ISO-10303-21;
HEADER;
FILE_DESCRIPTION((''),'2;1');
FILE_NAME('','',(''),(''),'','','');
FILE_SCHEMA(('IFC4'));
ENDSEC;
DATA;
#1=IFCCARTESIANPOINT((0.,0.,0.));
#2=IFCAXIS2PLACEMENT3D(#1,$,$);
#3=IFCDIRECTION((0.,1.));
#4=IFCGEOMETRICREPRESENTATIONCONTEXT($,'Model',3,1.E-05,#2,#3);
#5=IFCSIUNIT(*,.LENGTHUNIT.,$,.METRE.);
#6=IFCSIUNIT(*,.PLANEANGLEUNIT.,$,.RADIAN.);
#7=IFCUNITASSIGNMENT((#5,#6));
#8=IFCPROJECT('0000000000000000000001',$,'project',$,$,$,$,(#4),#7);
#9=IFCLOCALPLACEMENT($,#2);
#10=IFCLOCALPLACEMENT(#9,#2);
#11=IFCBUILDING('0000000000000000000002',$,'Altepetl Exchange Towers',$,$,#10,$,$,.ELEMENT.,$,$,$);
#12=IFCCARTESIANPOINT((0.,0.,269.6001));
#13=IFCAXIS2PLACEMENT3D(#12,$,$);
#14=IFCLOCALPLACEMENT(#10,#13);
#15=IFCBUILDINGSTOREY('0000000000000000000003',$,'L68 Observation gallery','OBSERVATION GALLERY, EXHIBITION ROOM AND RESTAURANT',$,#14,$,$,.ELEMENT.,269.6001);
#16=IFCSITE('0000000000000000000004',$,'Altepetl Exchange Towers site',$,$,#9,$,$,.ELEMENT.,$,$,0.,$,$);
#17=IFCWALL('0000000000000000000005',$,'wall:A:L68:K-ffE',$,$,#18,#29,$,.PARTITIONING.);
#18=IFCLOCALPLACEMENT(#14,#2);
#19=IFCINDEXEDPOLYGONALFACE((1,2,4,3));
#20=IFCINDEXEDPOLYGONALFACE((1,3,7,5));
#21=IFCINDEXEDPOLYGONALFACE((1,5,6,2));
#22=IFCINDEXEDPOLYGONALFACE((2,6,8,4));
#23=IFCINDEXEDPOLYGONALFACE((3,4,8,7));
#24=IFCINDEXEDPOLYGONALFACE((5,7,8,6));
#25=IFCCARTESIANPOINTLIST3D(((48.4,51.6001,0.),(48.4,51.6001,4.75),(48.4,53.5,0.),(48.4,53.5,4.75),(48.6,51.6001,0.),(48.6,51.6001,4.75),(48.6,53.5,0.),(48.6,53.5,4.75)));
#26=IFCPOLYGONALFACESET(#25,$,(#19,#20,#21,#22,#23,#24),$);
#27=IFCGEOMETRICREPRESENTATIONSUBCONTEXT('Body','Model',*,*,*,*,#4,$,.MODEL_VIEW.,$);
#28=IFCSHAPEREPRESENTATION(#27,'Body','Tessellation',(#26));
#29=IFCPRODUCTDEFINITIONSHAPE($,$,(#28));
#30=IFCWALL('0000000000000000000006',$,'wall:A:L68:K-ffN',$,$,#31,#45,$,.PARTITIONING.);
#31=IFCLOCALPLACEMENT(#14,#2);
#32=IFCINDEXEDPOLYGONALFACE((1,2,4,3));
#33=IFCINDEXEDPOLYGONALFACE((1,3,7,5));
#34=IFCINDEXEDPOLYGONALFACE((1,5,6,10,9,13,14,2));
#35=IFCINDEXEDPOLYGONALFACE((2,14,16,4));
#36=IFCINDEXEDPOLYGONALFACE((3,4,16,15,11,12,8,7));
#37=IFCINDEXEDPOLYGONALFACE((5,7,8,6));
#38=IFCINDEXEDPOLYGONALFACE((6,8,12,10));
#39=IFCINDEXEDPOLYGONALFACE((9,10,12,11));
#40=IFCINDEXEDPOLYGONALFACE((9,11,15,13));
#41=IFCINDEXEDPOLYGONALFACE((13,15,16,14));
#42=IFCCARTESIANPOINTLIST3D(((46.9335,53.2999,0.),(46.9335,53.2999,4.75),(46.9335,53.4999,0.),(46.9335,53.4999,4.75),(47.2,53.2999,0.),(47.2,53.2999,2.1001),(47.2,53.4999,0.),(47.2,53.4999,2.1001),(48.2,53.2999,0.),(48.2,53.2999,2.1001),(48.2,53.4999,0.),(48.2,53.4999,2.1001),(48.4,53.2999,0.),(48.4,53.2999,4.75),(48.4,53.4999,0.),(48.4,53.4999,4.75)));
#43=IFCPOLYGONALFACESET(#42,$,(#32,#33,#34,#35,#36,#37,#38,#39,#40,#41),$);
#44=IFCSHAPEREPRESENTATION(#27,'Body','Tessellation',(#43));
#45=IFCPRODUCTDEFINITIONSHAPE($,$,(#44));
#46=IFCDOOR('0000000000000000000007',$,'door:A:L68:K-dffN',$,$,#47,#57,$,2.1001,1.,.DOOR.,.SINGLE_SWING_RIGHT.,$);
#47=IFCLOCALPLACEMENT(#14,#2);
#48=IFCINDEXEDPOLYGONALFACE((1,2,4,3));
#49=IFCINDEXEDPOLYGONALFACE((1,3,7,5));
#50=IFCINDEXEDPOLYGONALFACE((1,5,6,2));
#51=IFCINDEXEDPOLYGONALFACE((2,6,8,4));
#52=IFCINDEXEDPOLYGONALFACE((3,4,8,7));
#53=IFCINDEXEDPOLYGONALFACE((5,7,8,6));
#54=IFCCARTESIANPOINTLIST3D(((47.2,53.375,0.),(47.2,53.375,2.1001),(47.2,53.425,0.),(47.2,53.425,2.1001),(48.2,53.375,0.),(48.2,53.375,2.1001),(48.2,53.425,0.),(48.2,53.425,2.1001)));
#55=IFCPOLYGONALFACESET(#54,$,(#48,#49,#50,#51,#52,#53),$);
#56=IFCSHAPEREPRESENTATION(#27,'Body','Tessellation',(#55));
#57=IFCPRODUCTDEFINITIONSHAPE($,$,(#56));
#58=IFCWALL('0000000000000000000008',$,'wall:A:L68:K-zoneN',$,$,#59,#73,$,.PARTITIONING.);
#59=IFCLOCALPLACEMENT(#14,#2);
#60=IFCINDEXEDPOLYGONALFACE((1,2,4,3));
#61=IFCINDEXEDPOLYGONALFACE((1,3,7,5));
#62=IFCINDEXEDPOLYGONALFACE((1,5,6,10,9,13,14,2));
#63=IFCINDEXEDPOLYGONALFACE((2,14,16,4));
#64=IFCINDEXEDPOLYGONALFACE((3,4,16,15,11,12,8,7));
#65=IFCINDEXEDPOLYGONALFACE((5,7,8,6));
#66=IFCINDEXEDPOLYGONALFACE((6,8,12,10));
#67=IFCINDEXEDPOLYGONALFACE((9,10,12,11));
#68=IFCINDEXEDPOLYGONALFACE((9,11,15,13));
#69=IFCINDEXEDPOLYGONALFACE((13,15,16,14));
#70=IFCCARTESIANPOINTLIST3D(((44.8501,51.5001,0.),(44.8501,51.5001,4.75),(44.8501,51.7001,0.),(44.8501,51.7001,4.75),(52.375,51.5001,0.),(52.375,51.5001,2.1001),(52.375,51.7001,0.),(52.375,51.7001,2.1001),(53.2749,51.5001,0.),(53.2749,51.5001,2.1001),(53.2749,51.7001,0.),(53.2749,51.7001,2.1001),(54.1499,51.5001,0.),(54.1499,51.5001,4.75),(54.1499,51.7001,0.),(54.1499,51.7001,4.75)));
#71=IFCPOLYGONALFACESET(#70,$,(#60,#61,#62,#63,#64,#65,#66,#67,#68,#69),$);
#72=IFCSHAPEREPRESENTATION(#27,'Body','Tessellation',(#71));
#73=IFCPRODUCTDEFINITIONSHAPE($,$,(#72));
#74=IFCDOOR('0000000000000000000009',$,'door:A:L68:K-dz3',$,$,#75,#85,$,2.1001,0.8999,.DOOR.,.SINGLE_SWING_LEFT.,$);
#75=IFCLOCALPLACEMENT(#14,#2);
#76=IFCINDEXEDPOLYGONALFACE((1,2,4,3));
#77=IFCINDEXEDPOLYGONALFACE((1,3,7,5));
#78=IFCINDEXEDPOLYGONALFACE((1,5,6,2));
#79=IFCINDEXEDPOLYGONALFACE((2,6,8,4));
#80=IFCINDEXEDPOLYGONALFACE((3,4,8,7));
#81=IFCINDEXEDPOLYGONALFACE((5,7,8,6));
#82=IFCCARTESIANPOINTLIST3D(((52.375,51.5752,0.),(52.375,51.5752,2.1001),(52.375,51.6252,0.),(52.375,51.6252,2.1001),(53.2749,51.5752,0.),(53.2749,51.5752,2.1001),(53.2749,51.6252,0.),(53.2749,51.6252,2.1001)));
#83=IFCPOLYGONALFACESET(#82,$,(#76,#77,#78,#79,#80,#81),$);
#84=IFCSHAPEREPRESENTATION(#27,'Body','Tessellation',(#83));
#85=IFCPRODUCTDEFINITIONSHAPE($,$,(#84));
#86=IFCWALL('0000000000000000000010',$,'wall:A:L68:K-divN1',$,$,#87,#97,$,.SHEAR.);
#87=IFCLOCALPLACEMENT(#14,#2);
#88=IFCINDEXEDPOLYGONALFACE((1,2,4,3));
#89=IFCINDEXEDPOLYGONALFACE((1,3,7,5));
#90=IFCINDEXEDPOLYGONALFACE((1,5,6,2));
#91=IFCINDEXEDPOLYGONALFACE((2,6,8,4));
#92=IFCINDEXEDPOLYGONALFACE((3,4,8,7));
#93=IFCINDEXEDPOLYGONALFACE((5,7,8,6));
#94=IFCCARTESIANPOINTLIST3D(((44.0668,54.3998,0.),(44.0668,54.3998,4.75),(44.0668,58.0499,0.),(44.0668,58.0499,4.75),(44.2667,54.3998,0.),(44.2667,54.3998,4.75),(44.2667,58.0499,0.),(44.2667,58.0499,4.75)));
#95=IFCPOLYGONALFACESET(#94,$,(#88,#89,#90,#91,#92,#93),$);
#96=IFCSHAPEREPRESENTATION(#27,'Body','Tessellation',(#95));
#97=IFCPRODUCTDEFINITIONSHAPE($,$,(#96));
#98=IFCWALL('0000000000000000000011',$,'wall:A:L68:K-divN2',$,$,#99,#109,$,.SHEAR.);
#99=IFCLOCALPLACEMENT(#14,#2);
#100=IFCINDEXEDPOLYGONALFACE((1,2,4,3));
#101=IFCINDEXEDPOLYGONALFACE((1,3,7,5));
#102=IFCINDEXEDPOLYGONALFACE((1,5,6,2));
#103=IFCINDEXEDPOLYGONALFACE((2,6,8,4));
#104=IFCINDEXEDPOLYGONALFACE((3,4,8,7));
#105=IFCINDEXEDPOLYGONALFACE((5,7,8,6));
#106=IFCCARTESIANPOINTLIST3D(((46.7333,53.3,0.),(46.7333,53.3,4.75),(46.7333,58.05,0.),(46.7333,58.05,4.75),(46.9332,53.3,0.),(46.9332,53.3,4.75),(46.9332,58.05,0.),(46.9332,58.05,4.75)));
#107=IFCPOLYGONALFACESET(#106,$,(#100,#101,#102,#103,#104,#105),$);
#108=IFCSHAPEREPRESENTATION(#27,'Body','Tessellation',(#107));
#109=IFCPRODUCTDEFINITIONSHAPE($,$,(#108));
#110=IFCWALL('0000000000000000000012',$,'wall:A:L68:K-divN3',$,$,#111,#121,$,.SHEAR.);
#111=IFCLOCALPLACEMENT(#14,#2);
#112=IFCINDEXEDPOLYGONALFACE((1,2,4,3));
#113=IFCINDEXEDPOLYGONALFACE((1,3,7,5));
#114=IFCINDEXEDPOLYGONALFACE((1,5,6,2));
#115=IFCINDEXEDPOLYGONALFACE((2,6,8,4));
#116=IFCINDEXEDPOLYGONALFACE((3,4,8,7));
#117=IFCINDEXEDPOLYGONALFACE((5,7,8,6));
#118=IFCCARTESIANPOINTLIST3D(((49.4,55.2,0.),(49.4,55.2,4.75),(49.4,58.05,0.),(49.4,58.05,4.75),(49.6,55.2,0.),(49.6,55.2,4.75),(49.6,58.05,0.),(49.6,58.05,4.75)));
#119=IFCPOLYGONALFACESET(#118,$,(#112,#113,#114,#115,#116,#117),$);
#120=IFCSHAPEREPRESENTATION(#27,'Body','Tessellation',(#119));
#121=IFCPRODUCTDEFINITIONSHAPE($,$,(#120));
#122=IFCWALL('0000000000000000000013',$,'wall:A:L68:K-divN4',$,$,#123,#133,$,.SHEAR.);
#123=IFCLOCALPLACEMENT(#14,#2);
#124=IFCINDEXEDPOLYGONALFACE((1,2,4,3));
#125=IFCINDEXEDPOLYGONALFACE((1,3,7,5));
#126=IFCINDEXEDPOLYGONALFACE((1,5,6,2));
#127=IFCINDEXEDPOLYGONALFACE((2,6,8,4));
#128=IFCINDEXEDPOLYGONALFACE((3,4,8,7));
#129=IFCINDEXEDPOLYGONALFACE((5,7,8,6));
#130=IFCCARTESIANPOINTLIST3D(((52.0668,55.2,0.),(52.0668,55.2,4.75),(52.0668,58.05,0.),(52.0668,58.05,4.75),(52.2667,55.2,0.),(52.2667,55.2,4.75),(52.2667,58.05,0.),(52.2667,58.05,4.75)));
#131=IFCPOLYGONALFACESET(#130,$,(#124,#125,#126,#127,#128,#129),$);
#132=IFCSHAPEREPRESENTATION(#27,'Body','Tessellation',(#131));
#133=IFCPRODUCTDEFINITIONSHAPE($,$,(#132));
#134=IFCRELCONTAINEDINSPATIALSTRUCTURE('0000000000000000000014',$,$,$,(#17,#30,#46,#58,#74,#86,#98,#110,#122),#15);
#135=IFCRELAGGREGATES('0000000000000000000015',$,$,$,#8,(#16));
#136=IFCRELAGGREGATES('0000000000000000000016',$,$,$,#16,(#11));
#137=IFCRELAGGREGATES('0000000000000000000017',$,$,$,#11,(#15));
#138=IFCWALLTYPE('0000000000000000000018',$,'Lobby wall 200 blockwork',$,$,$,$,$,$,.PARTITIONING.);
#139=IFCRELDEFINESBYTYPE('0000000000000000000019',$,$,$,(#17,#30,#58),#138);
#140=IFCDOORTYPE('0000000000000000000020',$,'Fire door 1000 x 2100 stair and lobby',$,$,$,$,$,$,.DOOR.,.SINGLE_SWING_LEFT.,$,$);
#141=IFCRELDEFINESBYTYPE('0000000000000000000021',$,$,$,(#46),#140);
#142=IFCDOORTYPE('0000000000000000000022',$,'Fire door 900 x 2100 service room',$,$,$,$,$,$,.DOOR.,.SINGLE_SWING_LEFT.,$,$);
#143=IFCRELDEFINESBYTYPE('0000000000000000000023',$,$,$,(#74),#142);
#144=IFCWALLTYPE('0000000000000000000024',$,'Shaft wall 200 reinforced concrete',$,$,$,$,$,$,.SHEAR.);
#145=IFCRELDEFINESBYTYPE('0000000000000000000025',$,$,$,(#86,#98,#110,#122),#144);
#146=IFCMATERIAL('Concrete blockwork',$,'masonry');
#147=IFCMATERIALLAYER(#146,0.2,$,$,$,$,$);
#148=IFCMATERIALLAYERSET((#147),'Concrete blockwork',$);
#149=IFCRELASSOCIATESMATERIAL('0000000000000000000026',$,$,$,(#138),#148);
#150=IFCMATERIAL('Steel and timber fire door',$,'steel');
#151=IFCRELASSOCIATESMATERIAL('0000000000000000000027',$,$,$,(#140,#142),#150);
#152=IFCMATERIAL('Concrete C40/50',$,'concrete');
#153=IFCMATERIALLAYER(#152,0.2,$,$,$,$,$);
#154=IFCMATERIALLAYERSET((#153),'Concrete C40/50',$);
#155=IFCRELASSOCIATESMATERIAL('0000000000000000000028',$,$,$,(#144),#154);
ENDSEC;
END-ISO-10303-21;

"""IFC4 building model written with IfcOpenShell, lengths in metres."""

from ifc_helpers import new_model, si_unit, direction, frame, frame_2d, origin, place, context, subcontext, project, spatial, rectangle, extrude, material, layer, layer_set, type_object, element, fill, save


model = new_model("IFC4")

# Units and contexts
model_context = context("Model", 3, precision=1e-05, world=origin(), true_north=direction((0.0, 1.0)))
body_context = subcontext(model_context, "Body", "Model", "MODEL_VIEW")
ifc_project = project(units=[si_unit("LENGTHUNIT", "METRE"), si_unit("PLANEANGLEUNIT", "RADIAN")], contexts=[model_context])

# Site, building, storey
site_placement = place(None, origin())
site = spatial("IfcSite", under=ifc_project, at=site_placement, Name="Altepetl Exchange Towers site", CompositionType="ELEMENT", RefElevation=0.0)
building_placement = place(site_placement, origin())
building = spatial("IfcBuilding", under=site, at=building_placement, Name="Altepetl Exchange Towers", CompositionType="ELEMENT")
storey_placement = place(building_placement, frame((0.0, 0.0, 269.6001)))
storey = spatial("IfcBuildingStorey", under=building, at=storey_placement, Name="L68 Observation gallery", Description="OBSERVATION GALLERY, EXHIBITION ROOM AND RESTAURANT", CompositionType="ELEMENT", Elevation=269.6001)

# Wall
ifc_material_1 = material(Name="Concrete blockwork", Category="masonry")
ifc_layer_1 = layer(ifc_material_1, 0.2)
ifc_layer_set_1 = layer_set([ifc_layer_1], Name="Concrete blockwork")
wall_type_1 = type_object("IfcWallType", Name="Lobby wall 200 blockwork", PredefinedType="PARTITIONING", material=ifc_layer_set_1)
wall_1_placement = place(storey_placement, frame((48.5, 51.6001, 0.0), z_axis=(0.0, 0.0, 1.0), x_axis=(0.0, 1.0, 0.0)))
element("IfcWall", 1, at=wall_1_placement, inside=storey, type_object=wall_type_1, Name="wall:A:L68:K-ffE", PredefinedType="PARTITIONING", context=body_context, shape_type="SweptSolid", body=[
    extrude(rectangle(XDim=1.8999, YDim=0.2, at=frame_2d((0.95, 0.0))), origin(), (0.0, 0.0, 1.0), 4.75),
])

# Walls, openings, doors
wall_2_placement = place(storey_placement, frame((46.9333, 53.3999, 0.0)))
wall_2 = element("IfcWall", 2, at=wall_2_placement, inside=storey, type_object=wall_type_1, Name="wall:A:L68:K-ffN", PredefinedType="PARTITIONING", context=body_context, shape_type="SweptSolid", body=[
    extrude(rectangle(XDim=1.4666, YDim=0.2, at=frame_2d((0.7334, 0.0))), origin(), (0.0, 0.0, 1.0), 4.75),
])
opening_1_placement = place(wall_2_placement, frame((0.2666, 0.0, 0.0)))
opening_1 = element("IfcOpeningElement", 3, at=opening_1_placement, cuts=wall_2, PredefinedType="OPENING", context=body_context, shape_type="SweptSolid", body=[
    extrude(rectangle(XDim=1.0, YDim=2.1001, at=frame_2d((0.5, 1.05))), frame((0.0, 0.1099, 0.0), z_axis=(0.0, -1.0, 0.0), x_axis=(1.0, 0.0, 0.0)), (0.0, 0.0, 1.0), 0.22),
])
ifc_material_2 = material(Name="Steel and timber fire door", Category="steel")
door_type_1 = type_object("IfcDoorType", Name="Fire door 1000 x 2100 stair and lobby", OperationType="SINGLE_SWING_LEFT", PredefinedType="DOOR", material=ifc_material_2)
door_1_placement = place(opening_1_placement, frame((1.0, 0.0, 0.0), x_axis=(-1.0, 0.0, 0.0)))
door_1 = element("IfcDoor", 4, at=door_1_placement, inside=storey, type_object=door_type_1, Name="door:A:L68:K-dffN", OperationType="SINGLE_SWING_RIGHT", OverallHeight=2.1001, OverallWidth=1.0, PredefinedType="DOOR", context=body_context, shape_type="SweptSolid", body=[
    extrude(rectangle(XDim=1.0, YDim=2.1001, at=frame_2d((0.5, 1.05))), frame((0.0, 0.0249, 0.0), z_axis=(0.0, -1.0, 0.0), x_axis=(1.0, 0.0, 0.0)), (0.0, 0.0, 1.0), 0.05),
])
fill(opening_1, door_1)
wall_3_placement = place(storey_placement, frame((44.8501, 51.6001, 0.0)))
wall_3 = element("IfcWall", 5, at=wall_3_placement, inside=storey, type_object=wall_type_1, Name="wall:A:L68:K-zoneN", PredefinedType="PARTITIONING", context=body_context, shape_type="SweptSolid", body=[
    extrude(rectangle(XDim=9.2998, YDim=0.2, at=frame_2d((4.6499, 0.0))), origin(), (0.0, 0.0, 1.0), 4.75),
])
opening_2_placement = place(wall_3_placement, frame((7.5249, 0.0, 0.0)))
opening_2 = element("IfcOpeningElement", 6, at=opening_2_placement, cuts=wall_3, PredefinedType="OPENING", context=body_context, shape_type="SweptSolid", body=[
    extrude(rectangle(XDim=0.8999, YDim=2.1001, at=frame_2d((0.45, 1.05))), frame((0.0, 0.1099, 0.0), z_axis=(0.0, -1.0, 0.0), x_axis=(1.0, 0.0, 0.0)), (0.0, 0.0, 1.0), 0.22),
])
door_type_2 = type_object("IfcDoorType", Name="Fire door 900 x 2100 service room", OperationType="SINGLE_SWING_LEFT", PredefinedType="DOOR", material=ifc_material_2)
door_2_placement = place(opening_2_placement, frame((0.8999, 0.0, 0.0), x_axis=(-1.0, 0.0, 0.0)))
door_2 = element("IfcDoor", 7, at=door_2_placement, inside=storey, type_object=door_type_2, Name="door:A:L68:K-dz3", OperationType="SINGLE_SWING_LEFT", OverallHeight=2.1001, OverallWidth=0.8999, PredefinedType="DOOR", context=body_context, shape_type="SweptSolid", body=[
    extrude(rectangle(XDim=0.8999, YDim=2.1001, at=frame_2d((0.45, 1.05))), frame((0.0, 0.0249, 0.0), z_axis=(0.0, -1.0, 0.0), x_axis=(1.0, 0.0, 0.0)), (0.0, 0.0, 1.0), 0.05),
])
fill(opening_2, door_2)

# Walls
ifc_material_3 = material(Name="Concrete C40/50", Category="concrete")
ifc_layer_2 = layer(ifc_material_3, 0.2)
ifc_layer_set_2 = layer_set([ifc_layer_2], Name="Concrete C40/50")
wall_type_2 = type_object("IfcWallType", Name="Shaft wall 200 reinforced concrete", PredefinedType="SHEAR", material=ifc_layer_set_2)
wall_4_placement = place(storey_placement, frame((44.1667, 58.05, 0.0), z_axis=(0.0, 0.0, 1.0), x_axis=(0.0, -1.0, 0.0)))
element("IfcWall", 8, at=wall_4_placement, inside=storey, type_object=wall_type_2, Name="wall:A:L68:K-divN1", PredefinedType="SHEAR", context=body_context, shape_type="SweptSolid", body=[
    extrude(rectangle(XDim=3.6501, YDim=0.2, at=frame_2d((1.8252, 0.0))), origin(), (0.0, 0.0, 1.0), 4.75),
])
wall_5_placement = place(storey_placement, frame((46.8333, 58.05, 0.0), z_axis=(0.0, 0.0, 1.0), x_axis=(0.0, -1.0, 0.0)))
element("IfcWall", 9, at=wall_5_placement, inside=storey, type_object=wall_type_2, Name="wall:A:L68:K-divN2", PredefinedType="SHEAR", context=body_context, shape_type="SweptSolid", body=[
    extrude(rectangle(XDim=4.75, YDim=0.2, at=frame_2d((2.375, 0.0))), origin(), (0.0, 0.0, 1.0), 4.75),
])
for number, where, z_axis, x_axis, name in (
    (10, (49.5, 58.05, 0.0), (0.0, 0.0, 1.0), (0.0, -1.0, 0.0), "wall:A:L68:K-divN3"),
    (11, (52.1667, 58.05, 0.0), (0.0, 0.0, 1.0), (0.0, -1.0, 0.0), "wall:A:L68:K-divN4"),
):
    element("IfcWall", number, at=place(storey_placement, frame(where, z_axis=z_axis, x_axis=x_axis)), inside=storey, type_object=wall_type_2, Name=name, PredefinedType="SHEAR", context=body_context, shape_type="SweptSolid", body=[
        extrude(rectangle(XDim=2.8501, YDim=0.2, at=frame_2d((1.425, 0.0))), origin(), (0.0, 0.0, 1.0), 4.75),
    ])

save(model, "model.ifc")
